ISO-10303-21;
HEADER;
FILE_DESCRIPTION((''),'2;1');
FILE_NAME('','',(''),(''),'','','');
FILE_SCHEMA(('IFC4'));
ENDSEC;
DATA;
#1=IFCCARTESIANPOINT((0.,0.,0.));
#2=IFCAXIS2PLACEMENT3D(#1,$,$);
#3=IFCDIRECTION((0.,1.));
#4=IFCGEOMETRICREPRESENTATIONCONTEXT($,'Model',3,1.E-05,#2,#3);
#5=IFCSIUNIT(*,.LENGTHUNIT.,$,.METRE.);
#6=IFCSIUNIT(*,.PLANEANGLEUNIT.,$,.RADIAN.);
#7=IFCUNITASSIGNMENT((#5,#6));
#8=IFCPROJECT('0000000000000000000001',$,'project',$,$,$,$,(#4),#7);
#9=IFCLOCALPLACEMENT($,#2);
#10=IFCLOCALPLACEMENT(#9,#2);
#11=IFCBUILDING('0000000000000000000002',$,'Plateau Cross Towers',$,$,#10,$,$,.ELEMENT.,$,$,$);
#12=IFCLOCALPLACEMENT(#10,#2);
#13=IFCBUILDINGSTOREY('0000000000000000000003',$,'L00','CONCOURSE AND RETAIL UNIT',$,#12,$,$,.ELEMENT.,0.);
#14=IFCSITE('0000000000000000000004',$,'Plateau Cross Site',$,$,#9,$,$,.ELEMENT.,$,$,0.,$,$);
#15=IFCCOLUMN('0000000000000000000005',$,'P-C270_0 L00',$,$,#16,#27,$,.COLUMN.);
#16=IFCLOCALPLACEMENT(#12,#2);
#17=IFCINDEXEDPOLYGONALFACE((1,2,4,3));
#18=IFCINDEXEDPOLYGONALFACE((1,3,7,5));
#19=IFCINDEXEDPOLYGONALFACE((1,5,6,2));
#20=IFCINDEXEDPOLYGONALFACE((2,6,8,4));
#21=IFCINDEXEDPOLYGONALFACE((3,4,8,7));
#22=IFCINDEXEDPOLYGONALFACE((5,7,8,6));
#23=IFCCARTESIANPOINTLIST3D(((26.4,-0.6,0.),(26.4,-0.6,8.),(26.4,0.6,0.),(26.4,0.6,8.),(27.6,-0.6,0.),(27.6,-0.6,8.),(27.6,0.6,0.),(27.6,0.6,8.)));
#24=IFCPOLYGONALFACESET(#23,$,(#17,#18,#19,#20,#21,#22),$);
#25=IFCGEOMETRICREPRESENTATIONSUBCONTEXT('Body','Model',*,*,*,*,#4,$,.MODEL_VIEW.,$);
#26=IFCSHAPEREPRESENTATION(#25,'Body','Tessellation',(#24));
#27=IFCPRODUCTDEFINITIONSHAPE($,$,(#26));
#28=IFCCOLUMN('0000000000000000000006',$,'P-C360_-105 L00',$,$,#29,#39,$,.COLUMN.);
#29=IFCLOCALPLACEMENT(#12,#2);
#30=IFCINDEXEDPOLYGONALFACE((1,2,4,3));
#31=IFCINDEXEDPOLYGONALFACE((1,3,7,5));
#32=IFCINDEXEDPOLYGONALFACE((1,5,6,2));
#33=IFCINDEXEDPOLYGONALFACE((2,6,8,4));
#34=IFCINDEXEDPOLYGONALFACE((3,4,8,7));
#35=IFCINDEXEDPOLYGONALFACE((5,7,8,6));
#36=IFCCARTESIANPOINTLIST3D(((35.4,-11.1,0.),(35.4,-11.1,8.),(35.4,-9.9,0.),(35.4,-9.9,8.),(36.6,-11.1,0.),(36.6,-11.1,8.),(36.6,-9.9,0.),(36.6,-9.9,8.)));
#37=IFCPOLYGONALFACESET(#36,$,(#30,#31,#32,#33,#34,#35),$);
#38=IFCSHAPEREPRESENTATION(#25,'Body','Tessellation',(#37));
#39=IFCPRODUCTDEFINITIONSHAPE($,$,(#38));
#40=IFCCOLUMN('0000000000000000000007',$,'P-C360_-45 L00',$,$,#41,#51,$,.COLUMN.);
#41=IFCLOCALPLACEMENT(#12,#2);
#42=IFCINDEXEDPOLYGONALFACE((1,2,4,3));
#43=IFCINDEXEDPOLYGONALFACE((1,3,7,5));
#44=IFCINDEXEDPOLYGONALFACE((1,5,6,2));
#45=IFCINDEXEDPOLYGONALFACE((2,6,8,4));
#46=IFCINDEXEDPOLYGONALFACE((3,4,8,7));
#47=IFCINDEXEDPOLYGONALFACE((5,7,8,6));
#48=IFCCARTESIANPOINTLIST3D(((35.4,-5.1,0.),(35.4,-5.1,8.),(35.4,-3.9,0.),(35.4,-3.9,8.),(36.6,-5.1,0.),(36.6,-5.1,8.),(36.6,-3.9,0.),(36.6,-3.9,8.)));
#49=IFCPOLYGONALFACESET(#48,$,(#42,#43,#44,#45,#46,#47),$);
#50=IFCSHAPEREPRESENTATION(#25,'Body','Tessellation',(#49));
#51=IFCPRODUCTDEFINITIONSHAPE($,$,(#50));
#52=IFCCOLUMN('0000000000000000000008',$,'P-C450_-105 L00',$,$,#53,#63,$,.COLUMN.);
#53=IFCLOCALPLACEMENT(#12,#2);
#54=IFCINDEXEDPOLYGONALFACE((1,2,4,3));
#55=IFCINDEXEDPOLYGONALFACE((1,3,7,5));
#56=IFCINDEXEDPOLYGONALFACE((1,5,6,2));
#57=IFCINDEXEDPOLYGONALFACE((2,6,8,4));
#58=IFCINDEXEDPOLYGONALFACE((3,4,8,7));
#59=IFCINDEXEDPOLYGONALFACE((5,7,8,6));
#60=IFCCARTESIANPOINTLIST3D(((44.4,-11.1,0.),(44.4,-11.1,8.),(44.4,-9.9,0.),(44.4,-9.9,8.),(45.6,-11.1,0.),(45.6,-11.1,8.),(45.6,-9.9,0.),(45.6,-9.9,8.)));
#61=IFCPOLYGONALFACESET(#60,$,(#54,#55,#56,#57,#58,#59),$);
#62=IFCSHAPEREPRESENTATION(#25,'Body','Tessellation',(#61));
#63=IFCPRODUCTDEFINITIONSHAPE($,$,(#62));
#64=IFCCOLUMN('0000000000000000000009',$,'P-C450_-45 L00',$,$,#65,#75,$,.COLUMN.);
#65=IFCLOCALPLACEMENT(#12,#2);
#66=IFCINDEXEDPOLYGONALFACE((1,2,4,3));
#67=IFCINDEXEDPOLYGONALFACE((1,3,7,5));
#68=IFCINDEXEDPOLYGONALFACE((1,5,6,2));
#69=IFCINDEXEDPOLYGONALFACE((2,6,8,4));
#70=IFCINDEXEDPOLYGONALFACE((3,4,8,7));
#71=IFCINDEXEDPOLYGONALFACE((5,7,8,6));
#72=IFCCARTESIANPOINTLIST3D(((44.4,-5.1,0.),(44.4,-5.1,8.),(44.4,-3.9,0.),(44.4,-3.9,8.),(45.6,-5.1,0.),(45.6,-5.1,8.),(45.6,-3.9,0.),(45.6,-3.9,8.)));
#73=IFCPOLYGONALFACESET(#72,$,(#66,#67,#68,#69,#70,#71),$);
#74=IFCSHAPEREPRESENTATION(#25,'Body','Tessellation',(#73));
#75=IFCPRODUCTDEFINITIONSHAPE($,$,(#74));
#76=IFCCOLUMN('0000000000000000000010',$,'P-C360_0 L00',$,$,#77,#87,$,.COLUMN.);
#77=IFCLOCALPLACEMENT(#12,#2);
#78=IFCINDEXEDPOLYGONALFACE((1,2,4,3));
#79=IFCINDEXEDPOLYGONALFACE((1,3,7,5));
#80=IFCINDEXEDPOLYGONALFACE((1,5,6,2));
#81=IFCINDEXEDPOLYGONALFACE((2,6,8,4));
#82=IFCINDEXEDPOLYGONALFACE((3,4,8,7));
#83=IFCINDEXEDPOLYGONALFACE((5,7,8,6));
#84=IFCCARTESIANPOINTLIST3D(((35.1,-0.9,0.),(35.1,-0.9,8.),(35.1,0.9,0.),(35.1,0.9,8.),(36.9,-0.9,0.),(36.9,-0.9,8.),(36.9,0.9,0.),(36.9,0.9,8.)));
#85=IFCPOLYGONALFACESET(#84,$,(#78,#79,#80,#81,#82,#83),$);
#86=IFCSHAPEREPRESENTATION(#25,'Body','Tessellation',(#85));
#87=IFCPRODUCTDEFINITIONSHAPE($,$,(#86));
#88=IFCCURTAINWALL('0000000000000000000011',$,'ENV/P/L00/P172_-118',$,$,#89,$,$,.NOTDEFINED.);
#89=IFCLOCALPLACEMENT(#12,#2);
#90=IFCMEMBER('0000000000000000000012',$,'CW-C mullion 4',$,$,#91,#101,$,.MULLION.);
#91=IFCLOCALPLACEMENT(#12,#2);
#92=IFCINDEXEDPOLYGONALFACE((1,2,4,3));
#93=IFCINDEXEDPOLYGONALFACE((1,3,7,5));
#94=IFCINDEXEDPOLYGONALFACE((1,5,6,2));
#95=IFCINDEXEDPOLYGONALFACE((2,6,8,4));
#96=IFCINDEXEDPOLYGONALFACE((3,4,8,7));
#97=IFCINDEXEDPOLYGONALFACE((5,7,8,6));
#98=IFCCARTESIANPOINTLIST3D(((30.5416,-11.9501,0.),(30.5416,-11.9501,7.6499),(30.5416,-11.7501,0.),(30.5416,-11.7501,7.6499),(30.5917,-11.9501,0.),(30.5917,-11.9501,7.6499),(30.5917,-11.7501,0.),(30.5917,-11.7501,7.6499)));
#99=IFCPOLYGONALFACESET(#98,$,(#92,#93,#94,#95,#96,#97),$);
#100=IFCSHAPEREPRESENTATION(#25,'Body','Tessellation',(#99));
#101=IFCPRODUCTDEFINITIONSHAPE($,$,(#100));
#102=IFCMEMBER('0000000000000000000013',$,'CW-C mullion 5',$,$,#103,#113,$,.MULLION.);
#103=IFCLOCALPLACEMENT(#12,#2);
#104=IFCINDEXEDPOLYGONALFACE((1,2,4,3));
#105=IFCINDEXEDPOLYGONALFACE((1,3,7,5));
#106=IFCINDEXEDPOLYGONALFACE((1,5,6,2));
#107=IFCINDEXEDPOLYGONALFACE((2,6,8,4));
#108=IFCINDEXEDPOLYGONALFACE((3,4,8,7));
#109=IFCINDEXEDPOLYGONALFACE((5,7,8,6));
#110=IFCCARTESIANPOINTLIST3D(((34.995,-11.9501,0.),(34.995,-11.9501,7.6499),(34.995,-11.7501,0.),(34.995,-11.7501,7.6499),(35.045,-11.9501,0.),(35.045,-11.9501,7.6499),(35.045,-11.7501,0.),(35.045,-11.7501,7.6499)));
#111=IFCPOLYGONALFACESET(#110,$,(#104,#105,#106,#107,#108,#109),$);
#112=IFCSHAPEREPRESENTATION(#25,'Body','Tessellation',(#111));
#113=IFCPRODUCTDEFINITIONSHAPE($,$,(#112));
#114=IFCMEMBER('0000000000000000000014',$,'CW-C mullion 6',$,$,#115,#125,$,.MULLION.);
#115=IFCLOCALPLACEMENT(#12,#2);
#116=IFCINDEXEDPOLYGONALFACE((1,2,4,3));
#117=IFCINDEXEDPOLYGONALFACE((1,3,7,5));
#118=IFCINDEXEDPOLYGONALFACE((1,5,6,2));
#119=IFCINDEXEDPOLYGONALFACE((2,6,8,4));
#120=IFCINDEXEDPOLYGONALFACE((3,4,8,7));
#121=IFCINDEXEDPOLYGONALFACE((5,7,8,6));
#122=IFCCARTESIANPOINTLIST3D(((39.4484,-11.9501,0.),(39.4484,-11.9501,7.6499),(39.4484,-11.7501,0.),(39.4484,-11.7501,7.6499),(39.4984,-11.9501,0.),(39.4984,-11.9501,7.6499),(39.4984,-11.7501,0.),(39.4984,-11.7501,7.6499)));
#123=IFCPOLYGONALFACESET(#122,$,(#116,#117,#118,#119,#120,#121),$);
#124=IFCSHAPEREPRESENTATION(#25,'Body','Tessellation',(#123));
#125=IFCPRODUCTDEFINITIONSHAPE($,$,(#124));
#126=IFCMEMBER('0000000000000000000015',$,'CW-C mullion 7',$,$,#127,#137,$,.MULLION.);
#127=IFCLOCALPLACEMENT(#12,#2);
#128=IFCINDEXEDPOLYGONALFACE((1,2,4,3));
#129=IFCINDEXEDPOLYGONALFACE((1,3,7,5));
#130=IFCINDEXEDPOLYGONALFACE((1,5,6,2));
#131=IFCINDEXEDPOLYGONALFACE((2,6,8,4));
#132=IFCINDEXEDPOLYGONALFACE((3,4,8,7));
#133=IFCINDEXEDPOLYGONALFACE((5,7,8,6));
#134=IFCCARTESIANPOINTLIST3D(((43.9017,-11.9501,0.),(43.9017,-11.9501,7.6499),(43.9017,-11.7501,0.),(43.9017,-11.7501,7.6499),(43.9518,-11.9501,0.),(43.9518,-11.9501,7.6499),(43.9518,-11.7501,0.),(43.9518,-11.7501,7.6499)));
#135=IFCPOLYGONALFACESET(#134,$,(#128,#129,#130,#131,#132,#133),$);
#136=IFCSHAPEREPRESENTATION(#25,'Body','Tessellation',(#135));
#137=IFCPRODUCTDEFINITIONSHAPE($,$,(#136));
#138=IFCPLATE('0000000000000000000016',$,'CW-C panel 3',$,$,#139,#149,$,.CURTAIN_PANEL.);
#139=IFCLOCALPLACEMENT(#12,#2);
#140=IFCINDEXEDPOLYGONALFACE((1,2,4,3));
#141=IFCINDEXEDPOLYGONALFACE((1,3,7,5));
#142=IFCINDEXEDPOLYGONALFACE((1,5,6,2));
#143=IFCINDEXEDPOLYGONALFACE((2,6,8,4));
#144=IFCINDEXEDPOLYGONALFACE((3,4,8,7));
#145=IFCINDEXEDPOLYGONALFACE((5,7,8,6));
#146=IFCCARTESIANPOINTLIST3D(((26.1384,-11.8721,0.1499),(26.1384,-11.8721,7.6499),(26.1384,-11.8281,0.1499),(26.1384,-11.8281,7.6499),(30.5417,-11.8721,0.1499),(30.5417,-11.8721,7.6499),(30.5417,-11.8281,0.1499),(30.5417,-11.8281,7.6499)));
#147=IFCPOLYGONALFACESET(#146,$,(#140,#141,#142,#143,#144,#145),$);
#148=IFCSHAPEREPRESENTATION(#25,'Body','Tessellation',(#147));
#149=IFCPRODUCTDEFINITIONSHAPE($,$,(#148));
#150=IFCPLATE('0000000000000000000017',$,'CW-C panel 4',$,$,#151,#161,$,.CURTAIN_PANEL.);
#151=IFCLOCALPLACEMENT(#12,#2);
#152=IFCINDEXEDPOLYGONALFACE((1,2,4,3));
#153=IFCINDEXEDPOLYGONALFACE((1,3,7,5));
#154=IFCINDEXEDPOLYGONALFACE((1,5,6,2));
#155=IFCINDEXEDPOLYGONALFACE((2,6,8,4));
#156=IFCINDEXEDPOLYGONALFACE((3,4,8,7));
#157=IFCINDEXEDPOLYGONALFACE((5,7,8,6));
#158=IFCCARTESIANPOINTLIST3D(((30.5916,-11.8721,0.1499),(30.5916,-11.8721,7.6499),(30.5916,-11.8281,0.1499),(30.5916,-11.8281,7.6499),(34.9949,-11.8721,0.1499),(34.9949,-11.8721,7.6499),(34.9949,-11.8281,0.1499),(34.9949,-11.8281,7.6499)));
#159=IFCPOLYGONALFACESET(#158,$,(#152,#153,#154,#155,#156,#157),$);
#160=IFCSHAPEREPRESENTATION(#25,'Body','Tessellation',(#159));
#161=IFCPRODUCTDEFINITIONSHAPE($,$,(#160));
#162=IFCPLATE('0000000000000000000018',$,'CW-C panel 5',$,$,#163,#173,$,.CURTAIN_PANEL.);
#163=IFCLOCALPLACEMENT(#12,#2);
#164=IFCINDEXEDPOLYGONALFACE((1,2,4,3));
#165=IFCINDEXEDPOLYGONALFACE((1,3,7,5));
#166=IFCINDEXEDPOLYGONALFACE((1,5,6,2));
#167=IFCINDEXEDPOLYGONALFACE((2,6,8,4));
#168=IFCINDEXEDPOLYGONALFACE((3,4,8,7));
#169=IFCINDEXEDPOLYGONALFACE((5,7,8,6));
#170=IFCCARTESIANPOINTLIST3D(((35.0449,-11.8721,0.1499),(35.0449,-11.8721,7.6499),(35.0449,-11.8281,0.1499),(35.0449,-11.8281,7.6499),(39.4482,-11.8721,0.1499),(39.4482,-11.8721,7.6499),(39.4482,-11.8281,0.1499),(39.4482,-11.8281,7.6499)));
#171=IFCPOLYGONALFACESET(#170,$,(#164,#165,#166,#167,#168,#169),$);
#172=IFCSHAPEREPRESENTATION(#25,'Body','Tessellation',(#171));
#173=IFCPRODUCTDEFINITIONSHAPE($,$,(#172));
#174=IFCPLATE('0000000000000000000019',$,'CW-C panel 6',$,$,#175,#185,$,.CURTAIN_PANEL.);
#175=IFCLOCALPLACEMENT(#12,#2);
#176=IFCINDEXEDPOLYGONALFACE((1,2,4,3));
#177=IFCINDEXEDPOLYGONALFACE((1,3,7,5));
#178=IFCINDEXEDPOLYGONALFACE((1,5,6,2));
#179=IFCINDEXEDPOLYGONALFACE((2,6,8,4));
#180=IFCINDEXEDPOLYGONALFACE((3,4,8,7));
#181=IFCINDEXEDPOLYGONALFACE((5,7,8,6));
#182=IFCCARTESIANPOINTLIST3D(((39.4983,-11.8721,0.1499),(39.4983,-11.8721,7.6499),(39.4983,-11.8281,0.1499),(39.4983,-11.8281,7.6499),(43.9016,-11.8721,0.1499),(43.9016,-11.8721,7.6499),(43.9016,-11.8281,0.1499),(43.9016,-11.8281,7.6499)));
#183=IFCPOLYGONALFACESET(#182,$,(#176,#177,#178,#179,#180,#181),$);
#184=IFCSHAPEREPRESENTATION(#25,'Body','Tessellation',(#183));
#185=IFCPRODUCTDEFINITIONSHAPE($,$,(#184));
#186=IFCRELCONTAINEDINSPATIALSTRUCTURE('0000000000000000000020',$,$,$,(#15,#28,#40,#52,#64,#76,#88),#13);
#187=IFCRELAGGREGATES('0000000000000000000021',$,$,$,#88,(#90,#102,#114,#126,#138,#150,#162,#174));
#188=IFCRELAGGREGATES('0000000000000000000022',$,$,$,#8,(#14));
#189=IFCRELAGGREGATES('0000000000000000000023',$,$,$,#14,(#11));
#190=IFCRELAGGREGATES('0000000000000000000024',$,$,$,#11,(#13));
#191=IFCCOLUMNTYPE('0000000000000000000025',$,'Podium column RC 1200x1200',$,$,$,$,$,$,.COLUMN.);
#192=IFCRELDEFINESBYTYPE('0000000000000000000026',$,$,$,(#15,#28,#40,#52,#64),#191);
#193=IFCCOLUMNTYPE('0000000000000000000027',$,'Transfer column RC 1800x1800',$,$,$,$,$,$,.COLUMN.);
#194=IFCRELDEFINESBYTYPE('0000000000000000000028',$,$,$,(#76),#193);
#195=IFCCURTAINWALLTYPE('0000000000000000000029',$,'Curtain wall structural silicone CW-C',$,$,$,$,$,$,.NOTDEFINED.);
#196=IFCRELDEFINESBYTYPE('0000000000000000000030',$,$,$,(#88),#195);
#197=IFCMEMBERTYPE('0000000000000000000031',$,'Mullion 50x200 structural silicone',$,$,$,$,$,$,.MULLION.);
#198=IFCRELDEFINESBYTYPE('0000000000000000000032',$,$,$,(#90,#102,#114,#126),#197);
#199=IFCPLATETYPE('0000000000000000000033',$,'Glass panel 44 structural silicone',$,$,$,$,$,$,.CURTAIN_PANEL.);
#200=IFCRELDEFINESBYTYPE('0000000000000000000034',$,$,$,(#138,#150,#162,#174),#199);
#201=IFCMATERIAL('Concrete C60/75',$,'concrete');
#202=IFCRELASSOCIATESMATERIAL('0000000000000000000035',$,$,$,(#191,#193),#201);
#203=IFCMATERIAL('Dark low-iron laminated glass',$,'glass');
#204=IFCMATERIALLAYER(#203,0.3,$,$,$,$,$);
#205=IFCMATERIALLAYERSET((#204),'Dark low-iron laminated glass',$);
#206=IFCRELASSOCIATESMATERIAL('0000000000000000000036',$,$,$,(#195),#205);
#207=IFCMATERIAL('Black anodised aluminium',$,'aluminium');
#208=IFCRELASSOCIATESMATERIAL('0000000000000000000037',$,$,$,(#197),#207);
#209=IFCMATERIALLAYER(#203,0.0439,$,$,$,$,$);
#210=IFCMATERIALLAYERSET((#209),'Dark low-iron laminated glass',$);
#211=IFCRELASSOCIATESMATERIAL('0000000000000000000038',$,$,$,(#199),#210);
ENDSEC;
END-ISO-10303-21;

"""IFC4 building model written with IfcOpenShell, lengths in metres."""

from ifc_helpers import new_model, si_unit, direction, frame, origin, origin_2d, place, context, subcontext, project, spatial, rectangle, extrude, material, layer, layer_set, material_profile, profile_set, type_object, element, aggregate, save


model = new_model("IFC4")

# Units and contexts
model_context = context("Model", 3, precision=1e-05, world=origin(), true_north=direction((0.0, 1.0)))
body_context = subcontext(model_context, "Body", "Model", "MODEL_VIEW")
ifc_project = project(units=[si_unit("LENGTHUNIT", "METRE"), si_unit("PLANEANGLEUNIT", "RADIAN")], contexts=[model_context])

# Site, building, storey
site_placement = place(None, origin())
site = spatial("IfcSite", under=ifc_project, at=site_placement, Name="Plateau Cross Site", CompositionType="ELEMENT", RefElevation=0.0)
building_placement = place(site_placement, origin())
building = spatial("IfcBuilding", under=site, at=building_placement, Name="Plateau Cross Towers", CompositionType="ELEMENT")
storey_placement = place(building_placement, origin())
storey = spatial("IfcBuildingStorey", under=building, at=storey_placement, Name="L00", Description="CONCOURSE AND RETAIL UNIT", CompositionType="ELEMENT", Elevation=0.0)

# Columns
ifc_material_1 = material(Name="Concrete C60/75", Category="concrete")
ifc_material_profile_1 = material_profile(ifc_material_1, rectangle(XDim=1.2, YDim=1.2, at=origin_2d()), Name="RC 1200x1200")
ifc_profile_set_1 = profile_set([ifc_material_profile_1], Name="Concrete C60/75")
column_type_1 = type_object("IfcColumnType", Name="Podium column RC 1200x1200", PredefinedType="COLUMN", material=ifc_profile_set_1)
for number, where, z_axis, x_axis, name in (
    (1, (27.0, 0.0, 0.0), (0.0, 0.0, 1.0), (1.0, 0.0, 0.0), "P-C270_0 L00"),
    (2, (36.0, -10.5, 0.0), (0.0, 0.0, 1.0), (1.0, 0.0, 0.0), "P-C360_-105 L00"),
    (3, (36.0, -4.5, 0.0), (0.0, 0.0, 1.0), (1.0, 0.0, 0.0), "P-C360_-45 L00"),
    (4, (45.0, -10.5, 0.0), (0.0, 0.0, 1.0), (1.0, 0.0, 0.0), "P-C450_-105 L00"),
    (5, (45.0, -4.5, 0.0), (0.0, 0.0, 1.0), (1.0, 0.0, 0.0), "P-C450_-45 L00"),
):
    element("IfcColumn", number, at=place(storey_placement, frame(where, z_axis=z_axis, x_axis=x_axis)), inside=storey, type_object=column_type_1, Name=name, PredefinedType="COLUMN", context=body_context, shape_type="SweptSolid", body=[
        extrude(rectangle(XDim=1.2, YDim=1.2, at=origin_2d()), origin(), (0.0, 0.0, 1.0), 8.0),
    ])
ifc_material_profile_2 = material_profile(ifc_material_1, rectangle(XDim=1.8, YDim=1.8, at=origin_2d()), Name="RC 1800x1800")
ifc_profile_set_2 = profile_set([ifc_material_profile_2], Name="Concrete C60/75")
column_type_2 = type_object("IfcColumnType", Name="Transfer column RC 1800x1800", PredefinedType="COLUMN", material=ifc_profile_set_2)
column_placement = place(storey_placement, frame((36.0, 0.0, 0.0), z_axis=(0.0, 0.0, 1.0), x_axis=(1.0, 0.0, 0.0)))
element("IfcColumn", 6, at=column_placement, inside=storey, type_object=column_type_2, Name="P-C360_0 L00", PredefinedType="COLUMN", context=body_context, shape_type="SweptSolid", body=[
    extrude(rectangle(XDim=1.8, YDim=1.8, at=origin_2d()), origin(), (0.0, 0.0, 1.0), 8.0),
])

# Curtain wall, members, plates
ifc_material_2 = material(Name="Dark low-iron laminated glass", Category="glass")
ifc_layer_1 = layer(ifc_material_2, 0.3)
ifc_layer_set_1 = layer_set([ifc_layer_1], Name="Dark low-iron laminated glass")
curtain_wall_type = type_object("IfcCurtainWallType", Name="Curtain wall structural silicone CW-C", PredefinedType="NOTDEFINED", material=ifc_layer_set_1)
curtain_wall_placement = place(storey_placement, origin())
curtain_wall = element("IfcCurtainWall", 7, at=curtain_wall_placement, inside=storey, type_object=curtain_wall_type, Name="ENV/P/L00/P172_-118", PredefinedType="NOTDEFINED")
ifc_material_3 = material(Name="Black anodised aluminium", Category="aluminium")
ifc_material_profile_3 = material_profile(ifc_material_3, rectangle(XDim=0.05, YDim=0.2, at=origin_2d()), Name="MULLION 50x200")
ifc_profile_set_3 = profile_set([ifc_material_profile_3], Name="Black anodised aluminium")
member_type = type_object("IfcMemberType", Name="Mullion 50x200 structural silicone", PredefinedType="MULLION", material=ifc_profile_set_3)
member_1_placement = place(storey_placement, frame((30.5667, -11.8501, 0.0), z_axis=(0.0, 0.0, 1.0), x_axis=(1.0, 0.0, 0.0)))
member_1 = element("IfcMember", 8, at=member_1_placement, type_object=member_type, Name="CW-C mullion 4", PredefinedType="MULLION", context=body_context, shape_type="SweptSolid", body=[
    extrude(rectangle(XDim=0.05, YDim=0.2, at=origin_2d()), origin(), (0.0, 0.0, 1.0), 7.6499),
])
member_2_placement = place(storey_placement, frame((35.02, -11.8501, 0.0), z_axis=(0.0, 0.0, 1.0), x_axis=(1.0, 0.0, 0.0)))
member_2 = element("IfcMember", 9, at=member_2_placement, type_object=member_type, Name="CW-C mullion 5", PredefinedType="MULLION", context=body_context, shape_type="SweptSolid", body=[
    extrude(rectangle(XDim=0.05, YDim=0.2, at=origin_2d()), origin(), (0.0, 0.0, 1.0), 7.6499),
])
member_3_placement = place(storey_placement, frame((39.4734, -11.8501, 0.0), z_axis=(0.0, 0.0, 1.0), x_axis=(1.0, 0.0, 0.0)))
member_3 = element("IfcMember", 10, at=member_3_placement, type_object=member_type, Name="CW-C mullion 6", PredefinedType="MULLION", context=body_context, shape_type="SweptSolid", body=[
    extrude(rectangle(XDim=0.05, YDim=0.2, at=origin_2d()), origin(), (0.0, 0.0, 1.0), 7.6499),
])
member_4_placement = place(storey_placement, frame((43.9268, -11.8501, 0.0), z_axis=(0.0, 0.0, 1.0), x_axis=(1.0, 0.0, 0.0)))
member_4 = element("IfcMember", 11, at=member_4_placement, type_object=member_type, Name="CW-C mullion 7", PredefinedType="MULLION", context=body_context, shape_type="SweptSolid", body=[
    extrude(rectangle(XDim=0.05, YDim=0.2, at=origin_2d()), origin(), (0.0, 0.0, 1.0), 7.6499),
])
ifc_layer_2 = layer(ifc_material_2, 0.0439)
ifc_layer_set_2 = layer_set([ifc_layer_2], Name="Dark low-iron laminated glass")
plate_type = type_object("IfcPlateType", Name="Glass panel 44 structural silicone", PredefinedType="CURTAIN_PANEL", material=ifc_layer_set_2)
plate_1_placement = place(storey_placement, frame((28.3401, -11.8501, 0.1499), z_axis=(0.0, 0.0, 1.0), x_axis=(1.0, 0.0, 0.0)))
plate_1 = element("IfcPlate", 12, at=plate_1_placement, type_object=plate_type, Name="CW-C panel 3", PredefinedType="CURTAIN_PANEL", context=body_context, shape_type="SweptSolid", body=[
    extrude(rectangle(XDim=4.4033, YDim=0.0439, at=origin_2d()), origin(), (0.0, 0.0, 1.0), 7.5),
])
plate_2_placement = place(storey_placement, frame((32.7932, -11.8501, 0.1499), z_axis=(0.0, 0.0, 1.0), x_axis=(1.0, 0.0, 0.0)))
plate_2 = element("IfcPlate", 13, at=plate_2_placement, type_object=plate_type, Name="CW-C panel 4", PredefinedType="CURTAIN_PANEL", context=body_context, shape_type="SweptSolid", body=[
    extrude(rectangle(XDim=4.4033, YDim=0.0439, at=origin_2d()), origin(), (0.0, 0.0, 1.0), 7.5),
])
plate_3_placement = place(storey_placement, frame((37.2466, -11.8501, 0.1499), z_axis=(0.0, 0.0, 1.0), x_axis=(1.0, 0.0, 0.0)))
plate_3 = element("IfcPlate", 14, at=plate_3_placement, type_object=plate_type, Name="CW-C panel 5", PredefinedType="CURTAIN_PANEL", context=body_context, shape_type="SweptSolid", body=[
    extrude(rectangle(XDim=4.4033, YDim=0.0439, at=origin_2d()), origin(), (0.0, 0.0, 1.0), 7.5),
])
plate_4_placement = place(storey_placement, frame((41.7, -11.8501, 0.1499), z_axis=(0.0, 0.0, 1.0), x_axis=(1.0, 0.0, 0.0)))
plate_4 = element("IfcPlate", 15, at=plate_4_placement, type_object=plate_type, Name="CW-C panel 6", PredefinedType="CURTAIN_PANEL", context=body_context, shape_type="SweptSolid", body=[
    extrude(rectangle(XDim=4.4033, YDim=0.0439, at=origin_2d()), origin(), (0.0, 0.0, 1.0), 7.5),
])
aggregate(curtain_wall, [member_1, member_2, member_3, member_4, plate_1, plate_2, plate_3, plate_4])

save(model, "model.ifc")
